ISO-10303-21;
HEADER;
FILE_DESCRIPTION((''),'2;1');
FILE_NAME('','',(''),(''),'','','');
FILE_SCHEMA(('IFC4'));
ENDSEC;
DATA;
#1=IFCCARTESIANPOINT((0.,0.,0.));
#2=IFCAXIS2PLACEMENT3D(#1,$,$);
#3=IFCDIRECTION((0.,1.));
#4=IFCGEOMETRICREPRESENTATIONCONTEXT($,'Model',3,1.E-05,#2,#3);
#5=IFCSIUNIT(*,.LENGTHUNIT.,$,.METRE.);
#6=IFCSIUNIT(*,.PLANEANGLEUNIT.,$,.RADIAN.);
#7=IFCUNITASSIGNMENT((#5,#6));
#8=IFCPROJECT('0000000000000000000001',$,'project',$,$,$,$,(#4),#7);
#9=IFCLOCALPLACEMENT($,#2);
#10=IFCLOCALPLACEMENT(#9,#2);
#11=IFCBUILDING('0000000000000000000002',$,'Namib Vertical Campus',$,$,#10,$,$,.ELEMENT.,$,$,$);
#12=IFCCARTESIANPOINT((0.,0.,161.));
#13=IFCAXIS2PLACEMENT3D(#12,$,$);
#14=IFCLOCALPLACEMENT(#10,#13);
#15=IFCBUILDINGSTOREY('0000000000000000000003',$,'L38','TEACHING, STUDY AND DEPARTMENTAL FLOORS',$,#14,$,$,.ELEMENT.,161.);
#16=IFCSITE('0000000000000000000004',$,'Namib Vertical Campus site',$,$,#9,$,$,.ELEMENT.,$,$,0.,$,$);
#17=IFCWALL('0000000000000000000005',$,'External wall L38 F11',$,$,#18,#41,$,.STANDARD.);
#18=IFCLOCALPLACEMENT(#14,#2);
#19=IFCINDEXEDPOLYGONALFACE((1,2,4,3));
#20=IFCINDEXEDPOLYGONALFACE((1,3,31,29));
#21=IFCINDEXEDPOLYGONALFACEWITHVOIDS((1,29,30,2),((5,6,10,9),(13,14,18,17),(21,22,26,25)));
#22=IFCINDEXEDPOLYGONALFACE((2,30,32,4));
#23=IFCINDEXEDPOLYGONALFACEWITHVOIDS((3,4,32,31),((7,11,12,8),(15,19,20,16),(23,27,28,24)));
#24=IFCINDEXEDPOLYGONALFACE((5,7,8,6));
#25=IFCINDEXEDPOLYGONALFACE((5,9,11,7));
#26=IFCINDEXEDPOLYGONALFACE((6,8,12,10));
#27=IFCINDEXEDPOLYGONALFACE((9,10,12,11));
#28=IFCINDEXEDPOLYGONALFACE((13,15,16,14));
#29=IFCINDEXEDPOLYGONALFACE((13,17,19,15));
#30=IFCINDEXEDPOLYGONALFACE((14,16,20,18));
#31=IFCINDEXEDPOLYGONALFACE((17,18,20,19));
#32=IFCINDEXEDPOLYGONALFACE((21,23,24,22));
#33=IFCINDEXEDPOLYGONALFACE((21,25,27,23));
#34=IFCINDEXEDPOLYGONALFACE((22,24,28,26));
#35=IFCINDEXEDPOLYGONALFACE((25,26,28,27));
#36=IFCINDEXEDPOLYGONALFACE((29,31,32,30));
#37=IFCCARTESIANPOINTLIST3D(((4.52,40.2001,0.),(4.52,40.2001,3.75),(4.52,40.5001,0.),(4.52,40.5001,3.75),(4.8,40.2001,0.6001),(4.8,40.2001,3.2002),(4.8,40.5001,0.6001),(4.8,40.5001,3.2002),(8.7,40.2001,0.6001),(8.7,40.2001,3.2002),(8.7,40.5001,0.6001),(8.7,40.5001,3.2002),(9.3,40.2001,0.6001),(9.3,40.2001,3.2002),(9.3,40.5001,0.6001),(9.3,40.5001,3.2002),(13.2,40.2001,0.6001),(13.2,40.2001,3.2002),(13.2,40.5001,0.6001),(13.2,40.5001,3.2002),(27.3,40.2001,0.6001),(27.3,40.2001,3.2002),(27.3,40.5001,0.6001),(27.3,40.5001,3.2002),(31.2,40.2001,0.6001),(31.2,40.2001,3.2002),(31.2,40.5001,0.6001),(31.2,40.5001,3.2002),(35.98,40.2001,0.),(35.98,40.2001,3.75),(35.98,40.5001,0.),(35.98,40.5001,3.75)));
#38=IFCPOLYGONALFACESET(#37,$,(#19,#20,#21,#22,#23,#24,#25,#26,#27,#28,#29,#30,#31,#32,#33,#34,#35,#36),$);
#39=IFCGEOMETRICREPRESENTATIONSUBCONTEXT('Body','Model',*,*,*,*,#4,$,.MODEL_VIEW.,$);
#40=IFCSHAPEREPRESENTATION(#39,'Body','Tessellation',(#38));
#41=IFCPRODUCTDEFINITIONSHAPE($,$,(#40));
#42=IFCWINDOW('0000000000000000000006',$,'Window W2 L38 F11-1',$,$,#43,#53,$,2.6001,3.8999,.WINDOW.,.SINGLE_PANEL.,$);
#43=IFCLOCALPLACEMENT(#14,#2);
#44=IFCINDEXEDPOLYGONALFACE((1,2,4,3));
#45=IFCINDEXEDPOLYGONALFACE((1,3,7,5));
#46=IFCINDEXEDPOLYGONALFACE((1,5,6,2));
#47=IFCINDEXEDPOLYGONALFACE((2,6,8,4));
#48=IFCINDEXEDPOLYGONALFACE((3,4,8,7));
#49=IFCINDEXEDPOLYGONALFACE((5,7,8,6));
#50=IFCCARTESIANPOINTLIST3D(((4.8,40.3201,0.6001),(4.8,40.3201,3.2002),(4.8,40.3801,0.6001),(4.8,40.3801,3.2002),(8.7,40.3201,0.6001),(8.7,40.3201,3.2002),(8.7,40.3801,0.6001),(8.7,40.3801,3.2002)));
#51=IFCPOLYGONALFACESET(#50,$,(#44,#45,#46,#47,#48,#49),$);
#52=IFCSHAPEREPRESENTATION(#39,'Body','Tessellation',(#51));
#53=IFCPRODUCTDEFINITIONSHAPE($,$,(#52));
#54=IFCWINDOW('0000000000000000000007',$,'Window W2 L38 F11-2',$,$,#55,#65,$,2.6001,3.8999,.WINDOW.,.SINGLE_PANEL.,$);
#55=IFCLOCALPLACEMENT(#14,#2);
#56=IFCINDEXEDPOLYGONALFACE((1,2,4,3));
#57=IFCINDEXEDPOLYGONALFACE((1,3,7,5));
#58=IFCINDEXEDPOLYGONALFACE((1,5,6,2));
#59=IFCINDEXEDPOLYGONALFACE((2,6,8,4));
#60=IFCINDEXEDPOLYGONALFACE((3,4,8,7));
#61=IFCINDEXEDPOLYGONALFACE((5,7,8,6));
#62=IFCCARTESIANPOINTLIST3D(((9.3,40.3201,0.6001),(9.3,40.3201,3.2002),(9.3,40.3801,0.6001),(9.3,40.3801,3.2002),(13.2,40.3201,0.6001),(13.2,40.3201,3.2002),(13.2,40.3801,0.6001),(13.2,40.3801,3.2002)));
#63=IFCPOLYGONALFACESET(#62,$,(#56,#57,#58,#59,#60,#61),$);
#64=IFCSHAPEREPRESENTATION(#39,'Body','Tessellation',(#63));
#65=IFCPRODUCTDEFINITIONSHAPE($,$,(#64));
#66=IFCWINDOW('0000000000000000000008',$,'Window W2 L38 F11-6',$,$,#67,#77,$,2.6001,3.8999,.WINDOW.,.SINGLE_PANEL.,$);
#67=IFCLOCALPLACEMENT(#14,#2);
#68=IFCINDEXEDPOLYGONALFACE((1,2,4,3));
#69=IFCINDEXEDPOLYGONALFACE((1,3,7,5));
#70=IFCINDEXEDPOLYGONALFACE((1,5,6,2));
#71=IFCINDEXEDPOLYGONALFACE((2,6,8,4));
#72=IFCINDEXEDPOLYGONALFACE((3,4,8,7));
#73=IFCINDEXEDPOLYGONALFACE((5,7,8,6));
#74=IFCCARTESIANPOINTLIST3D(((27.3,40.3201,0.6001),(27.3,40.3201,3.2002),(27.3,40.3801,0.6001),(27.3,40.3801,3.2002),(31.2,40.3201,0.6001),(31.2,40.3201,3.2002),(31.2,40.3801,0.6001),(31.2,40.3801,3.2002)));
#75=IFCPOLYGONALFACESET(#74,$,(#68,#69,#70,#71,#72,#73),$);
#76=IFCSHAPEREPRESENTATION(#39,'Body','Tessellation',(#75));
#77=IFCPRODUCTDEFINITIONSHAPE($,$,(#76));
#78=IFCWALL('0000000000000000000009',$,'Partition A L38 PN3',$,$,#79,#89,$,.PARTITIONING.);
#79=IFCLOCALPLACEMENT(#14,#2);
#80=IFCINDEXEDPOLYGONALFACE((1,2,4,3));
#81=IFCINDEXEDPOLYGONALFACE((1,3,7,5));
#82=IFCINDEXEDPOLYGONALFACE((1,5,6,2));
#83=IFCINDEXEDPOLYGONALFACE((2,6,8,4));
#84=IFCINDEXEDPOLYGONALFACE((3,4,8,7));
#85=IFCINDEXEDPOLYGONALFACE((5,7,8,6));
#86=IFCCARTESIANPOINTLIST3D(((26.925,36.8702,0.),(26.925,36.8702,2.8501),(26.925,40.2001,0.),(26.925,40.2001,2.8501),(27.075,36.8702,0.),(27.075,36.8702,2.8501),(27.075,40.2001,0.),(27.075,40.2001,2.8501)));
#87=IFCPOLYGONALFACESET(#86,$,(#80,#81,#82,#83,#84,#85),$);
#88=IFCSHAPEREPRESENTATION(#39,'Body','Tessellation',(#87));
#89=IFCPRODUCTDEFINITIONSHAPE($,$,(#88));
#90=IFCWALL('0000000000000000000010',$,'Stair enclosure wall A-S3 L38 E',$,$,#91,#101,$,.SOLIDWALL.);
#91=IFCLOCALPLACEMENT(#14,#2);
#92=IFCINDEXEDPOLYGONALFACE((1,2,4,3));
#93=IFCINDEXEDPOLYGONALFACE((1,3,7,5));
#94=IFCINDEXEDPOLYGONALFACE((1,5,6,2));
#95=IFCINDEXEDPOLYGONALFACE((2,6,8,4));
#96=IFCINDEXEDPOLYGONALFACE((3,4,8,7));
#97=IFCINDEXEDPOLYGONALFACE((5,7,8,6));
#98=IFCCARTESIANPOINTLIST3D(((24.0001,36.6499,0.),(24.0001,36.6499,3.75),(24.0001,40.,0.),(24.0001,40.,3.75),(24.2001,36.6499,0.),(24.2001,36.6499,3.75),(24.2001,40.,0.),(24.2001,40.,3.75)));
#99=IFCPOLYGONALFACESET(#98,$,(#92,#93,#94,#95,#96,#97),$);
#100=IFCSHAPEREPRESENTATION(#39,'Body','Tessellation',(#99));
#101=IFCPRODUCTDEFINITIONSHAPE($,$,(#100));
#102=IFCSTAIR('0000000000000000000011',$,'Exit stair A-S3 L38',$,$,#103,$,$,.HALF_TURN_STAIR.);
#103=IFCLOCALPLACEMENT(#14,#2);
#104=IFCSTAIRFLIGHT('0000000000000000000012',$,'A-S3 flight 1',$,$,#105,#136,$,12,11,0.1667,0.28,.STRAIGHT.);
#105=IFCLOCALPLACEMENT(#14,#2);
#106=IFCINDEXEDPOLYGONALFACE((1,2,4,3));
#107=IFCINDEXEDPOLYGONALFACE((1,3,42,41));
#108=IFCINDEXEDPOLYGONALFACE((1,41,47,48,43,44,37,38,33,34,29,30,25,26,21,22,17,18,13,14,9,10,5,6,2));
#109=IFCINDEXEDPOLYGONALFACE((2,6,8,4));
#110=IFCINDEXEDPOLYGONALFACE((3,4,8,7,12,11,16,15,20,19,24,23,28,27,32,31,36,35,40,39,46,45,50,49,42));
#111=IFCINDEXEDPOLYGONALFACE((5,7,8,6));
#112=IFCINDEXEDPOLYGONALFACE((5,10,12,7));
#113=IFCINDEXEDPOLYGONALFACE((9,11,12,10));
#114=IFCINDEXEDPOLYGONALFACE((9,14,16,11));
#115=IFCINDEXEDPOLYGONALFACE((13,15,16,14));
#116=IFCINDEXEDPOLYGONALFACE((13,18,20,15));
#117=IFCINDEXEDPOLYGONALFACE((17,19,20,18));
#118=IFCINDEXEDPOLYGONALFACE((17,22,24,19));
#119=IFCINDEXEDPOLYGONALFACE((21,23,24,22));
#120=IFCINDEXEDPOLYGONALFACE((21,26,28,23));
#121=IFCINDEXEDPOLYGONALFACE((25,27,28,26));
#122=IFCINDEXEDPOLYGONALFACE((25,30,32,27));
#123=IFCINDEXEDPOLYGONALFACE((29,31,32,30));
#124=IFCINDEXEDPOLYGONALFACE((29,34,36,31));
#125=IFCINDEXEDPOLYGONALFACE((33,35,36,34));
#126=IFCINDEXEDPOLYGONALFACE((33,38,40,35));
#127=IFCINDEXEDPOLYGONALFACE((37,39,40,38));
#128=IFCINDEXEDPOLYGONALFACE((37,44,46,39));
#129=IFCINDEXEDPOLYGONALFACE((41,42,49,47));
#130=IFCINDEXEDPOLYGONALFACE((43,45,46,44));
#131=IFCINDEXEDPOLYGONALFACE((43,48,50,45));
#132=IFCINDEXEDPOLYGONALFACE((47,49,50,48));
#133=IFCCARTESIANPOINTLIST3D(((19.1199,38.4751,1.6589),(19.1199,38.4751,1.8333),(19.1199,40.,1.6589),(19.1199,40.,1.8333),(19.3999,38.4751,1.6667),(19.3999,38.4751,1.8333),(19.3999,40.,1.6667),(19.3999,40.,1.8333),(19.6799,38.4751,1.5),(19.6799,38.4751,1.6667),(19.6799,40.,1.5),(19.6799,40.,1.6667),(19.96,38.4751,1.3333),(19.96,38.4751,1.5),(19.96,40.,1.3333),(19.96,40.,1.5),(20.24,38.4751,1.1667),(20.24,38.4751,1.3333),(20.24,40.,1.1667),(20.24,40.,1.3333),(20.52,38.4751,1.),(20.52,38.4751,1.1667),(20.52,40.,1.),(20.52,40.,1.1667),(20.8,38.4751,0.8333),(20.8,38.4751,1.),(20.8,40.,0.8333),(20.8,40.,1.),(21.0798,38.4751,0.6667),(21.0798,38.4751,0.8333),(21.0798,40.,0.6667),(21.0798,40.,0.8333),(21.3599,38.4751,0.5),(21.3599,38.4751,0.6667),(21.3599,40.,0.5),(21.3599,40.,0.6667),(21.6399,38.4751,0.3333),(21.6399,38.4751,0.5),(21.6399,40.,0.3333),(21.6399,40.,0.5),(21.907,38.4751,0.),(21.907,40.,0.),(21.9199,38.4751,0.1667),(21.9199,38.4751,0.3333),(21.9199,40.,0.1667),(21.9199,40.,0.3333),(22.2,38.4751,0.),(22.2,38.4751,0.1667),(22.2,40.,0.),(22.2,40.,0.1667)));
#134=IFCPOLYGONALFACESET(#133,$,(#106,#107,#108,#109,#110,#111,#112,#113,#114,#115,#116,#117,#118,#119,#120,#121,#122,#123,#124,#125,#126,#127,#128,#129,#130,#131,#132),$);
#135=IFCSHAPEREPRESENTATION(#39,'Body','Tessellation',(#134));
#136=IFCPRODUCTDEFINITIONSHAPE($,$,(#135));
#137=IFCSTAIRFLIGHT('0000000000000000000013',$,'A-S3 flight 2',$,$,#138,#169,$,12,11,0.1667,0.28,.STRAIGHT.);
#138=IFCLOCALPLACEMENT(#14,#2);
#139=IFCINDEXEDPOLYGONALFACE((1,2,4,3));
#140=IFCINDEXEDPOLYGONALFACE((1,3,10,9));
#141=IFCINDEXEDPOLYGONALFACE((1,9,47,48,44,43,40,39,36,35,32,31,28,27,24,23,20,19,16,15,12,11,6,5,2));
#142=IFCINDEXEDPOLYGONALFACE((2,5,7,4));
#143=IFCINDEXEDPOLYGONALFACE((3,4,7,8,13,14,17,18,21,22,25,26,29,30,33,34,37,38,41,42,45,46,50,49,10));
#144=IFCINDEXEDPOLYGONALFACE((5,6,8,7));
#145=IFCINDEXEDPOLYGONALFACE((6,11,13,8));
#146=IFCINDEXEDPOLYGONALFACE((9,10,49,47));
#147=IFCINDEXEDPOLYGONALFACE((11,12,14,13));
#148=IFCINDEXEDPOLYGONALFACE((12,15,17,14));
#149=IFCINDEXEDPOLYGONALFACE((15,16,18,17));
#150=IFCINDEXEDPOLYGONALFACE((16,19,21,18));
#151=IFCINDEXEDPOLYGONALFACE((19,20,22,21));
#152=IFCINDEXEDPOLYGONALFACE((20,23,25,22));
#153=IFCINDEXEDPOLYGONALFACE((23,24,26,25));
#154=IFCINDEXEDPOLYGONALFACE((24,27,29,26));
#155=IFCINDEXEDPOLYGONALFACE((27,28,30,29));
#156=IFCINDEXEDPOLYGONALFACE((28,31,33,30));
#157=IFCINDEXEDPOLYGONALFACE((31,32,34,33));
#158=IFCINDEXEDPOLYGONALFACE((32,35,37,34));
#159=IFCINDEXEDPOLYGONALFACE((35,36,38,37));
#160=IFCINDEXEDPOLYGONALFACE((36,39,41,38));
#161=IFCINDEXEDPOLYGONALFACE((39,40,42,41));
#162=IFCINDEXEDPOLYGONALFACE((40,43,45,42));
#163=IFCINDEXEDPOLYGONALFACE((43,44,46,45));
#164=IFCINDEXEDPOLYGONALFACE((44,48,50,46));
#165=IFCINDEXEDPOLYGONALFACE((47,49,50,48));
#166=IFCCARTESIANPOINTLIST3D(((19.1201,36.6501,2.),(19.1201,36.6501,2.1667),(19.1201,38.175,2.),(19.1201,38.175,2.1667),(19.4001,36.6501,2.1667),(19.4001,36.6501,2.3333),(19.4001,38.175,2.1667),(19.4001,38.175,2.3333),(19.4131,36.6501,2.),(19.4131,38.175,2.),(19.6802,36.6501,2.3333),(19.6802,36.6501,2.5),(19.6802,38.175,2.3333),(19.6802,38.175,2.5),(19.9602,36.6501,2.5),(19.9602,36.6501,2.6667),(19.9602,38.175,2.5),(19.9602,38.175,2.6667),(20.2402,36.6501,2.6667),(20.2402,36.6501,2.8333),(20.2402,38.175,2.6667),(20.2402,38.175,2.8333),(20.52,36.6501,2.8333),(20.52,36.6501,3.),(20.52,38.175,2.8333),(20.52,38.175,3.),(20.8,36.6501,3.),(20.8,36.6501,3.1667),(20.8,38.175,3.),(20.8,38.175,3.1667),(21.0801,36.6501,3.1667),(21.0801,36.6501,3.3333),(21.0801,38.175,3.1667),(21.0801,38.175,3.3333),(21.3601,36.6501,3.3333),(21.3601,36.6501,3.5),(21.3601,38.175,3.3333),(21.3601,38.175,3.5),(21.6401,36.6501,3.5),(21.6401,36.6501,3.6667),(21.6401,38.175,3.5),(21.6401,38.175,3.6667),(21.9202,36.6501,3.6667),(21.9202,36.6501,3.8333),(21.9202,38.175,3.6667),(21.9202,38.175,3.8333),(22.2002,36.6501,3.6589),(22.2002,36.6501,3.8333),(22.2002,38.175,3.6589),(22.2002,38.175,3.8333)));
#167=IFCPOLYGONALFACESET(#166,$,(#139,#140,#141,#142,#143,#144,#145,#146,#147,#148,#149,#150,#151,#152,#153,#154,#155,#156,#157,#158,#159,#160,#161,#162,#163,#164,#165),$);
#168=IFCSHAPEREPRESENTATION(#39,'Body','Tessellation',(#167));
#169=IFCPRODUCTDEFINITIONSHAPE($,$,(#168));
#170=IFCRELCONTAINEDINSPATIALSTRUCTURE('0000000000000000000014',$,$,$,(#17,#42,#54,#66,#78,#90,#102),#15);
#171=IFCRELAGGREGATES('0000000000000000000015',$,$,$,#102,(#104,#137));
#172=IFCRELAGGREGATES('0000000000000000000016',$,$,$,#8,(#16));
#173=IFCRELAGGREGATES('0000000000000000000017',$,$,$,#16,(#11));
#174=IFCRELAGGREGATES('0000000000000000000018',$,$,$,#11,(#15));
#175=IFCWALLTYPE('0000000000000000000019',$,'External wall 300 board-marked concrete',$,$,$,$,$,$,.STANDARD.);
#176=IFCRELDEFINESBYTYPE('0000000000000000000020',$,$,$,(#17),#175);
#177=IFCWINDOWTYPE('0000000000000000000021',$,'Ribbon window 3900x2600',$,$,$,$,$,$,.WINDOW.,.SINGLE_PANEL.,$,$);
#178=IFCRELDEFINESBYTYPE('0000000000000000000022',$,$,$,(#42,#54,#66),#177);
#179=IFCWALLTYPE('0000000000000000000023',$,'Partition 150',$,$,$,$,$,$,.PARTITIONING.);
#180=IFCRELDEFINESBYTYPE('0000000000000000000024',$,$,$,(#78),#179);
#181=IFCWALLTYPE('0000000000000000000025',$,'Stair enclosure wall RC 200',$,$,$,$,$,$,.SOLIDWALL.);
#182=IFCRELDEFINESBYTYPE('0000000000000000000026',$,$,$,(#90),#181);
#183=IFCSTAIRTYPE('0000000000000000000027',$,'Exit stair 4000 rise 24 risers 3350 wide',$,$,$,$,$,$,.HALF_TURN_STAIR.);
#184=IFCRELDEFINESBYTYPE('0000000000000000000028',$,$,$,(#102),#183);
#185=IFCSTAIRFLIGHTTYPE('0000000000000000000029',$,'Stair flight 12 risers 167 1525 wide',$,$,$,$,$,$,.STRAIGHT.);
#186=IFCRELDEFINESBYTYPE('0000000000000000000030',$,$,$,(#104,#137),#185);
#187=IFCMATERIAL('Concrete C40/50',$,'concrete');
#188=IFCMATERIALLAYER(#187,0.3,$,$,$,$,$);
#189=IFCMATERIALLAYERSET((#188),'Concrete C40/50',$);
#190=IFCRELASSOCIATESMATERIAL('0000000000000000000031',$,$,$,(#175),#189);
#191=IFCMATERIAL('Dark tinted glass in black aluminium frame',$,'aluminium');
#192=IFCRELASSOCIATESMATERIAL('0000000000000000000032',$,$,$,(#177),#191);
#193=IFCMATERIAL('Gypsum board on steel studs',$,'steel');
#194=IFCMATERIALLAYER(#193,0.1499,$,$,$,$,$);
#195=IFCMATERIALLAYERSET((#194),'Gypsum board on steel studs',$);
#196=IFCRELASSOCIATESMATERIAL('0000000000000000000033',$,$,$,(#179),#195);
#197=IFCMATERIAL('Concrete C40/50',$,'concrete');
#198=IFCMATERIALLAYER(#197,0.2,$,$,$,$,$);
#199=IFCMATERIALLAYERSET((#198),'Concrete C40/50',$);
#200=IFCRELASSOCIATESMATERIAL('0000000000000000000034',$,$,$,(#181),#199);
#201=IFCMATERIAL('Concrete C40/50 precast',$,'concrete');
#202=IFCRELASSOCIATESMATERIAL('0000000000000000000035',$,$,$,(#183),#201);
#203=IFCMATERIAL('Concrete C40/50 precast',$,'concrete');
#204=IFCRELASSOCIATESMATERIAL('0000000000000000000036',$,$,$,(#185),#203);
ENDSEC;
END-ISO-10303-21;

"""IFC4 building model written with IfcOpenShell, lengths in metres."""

from ifc_helpers import new_model, si_unit, direction, frame, frame_2d, origin, place, context, subcontext, project, spatial, polyline, rectangle, outline, extrude, material, layer, layer_set, type_object, element, fill, aggregate, save


model = new_model("IFC4")

# Units and contexts
model_context = context("Model", 3, precision=1e-05, world=origin(), true_north=direction((0.0, 1.0)))
body_context = subcontext(model_context, "Body", "Model", "MODEL_VIEW")
ifc_project = project(units=[si_unit("LENGTHUNIT", "METRE"), si_unit("PLANEANGLEUNIT", "RADIAN")], contexts=[model_context])

# Site, building, storey
site_placement = place(None, origin())
site = spatial("IfcSite", under=ifc_project, at=site_placement, Name="Namib Vertical Campus site", CompositionType="ELEMENT", RefElevation=0.0)
building_placement = place(site_placement, origin())
building = spatial("IfcBuilding", under=site, at=building_placement, Name="Namib Vertical Campus", CompositionType="ELEMENT")
storey_placement = place(building_placement, frame((0.0, 0.0, 161.0)))
storey = spatial("IfcBuildingStorey", under=building, at=storey_placement, Name="L38", Description="TEACHING, STUDY AND DEPARTMENTAL FLOORS", CompositionType="ELEMENT", Elevation=161.0)

# Shared definitions
ifc_material_1 = material(Name="Concrete C40/50", Category="concrete")
ifc_layer_1 = layer(ifc_material_1, 0.3)
ifc_layer_set_1 = layer_set([ifc_layer_1], Name="Concrete C40/50")
wall_type_1 = type_object("IfcWallType", Name="External wall 300 board-marked concrete", PredefinedType="STANDARD", material=ifc_layer_set_1)

# Wall, openings, windows
wall_1_placement = place(storey_placement, frame((35.98, 40.3501, 0.0), z_axis=(0.0, 0.0, 1.0), x_axis=(-1.0, 0.0, 0.0)))
wall_1 = element("IfcWall", 1, at=wall_1_placement, inside=storey, type_object=wall_type_1, Name="External wall L38 F11", PredefinedType="STANDARD", context=body_context, shape_type="SweptSolid", body=[
    extrude(rectangle(XDim=31.46, YDim=0.3, at=frame_2d((15.73, 0.0))), origin(), (0.0, 0.0, 1.0), 3.75),
])
opening_1_placement = place(wall_1_placement, frame((27.28, 0.0, 0.6001)))
opening_1 = element("IfcOpeningElement", 2, at=opening_1_placement, cuts=wall_1, PredefinedType="OPENING", context=body_context, shape_type="SweptSolid", body=[
    extrude(rectangle(XDim=3.8999, YDim=2.6001, at=frame_2d((1.95, 1.3))), frame((0.0, 0.1599, 0.0), z_axis=(0.0, -1.0, 0.0), x_axis=(1.0, 0.0, 0.0)), (0.0, 0.0, 1.0), 0.3201),
])
opening_2_placement = place(wall_1_placement, frame((22.78, 0.0, 0.6001)))
opening_2 = element("IfcOpeningElement", 3, at=opening_2_placement, cuts=wall_1, PredefinedType="OPENING", context=body_context, shape_type="SweptSolid", body=[
    extrude(rectangle(XDim=3.8999, YDim=2.6001, at=frame_2d((1.95, 1.3))), frame((0.0, 0.1599, 0.0), z_axis=(0.0, -1.0, 0.0), x_axis=(1.0, 0.0, 0.0)), (0.0, 0.0, 1.0), 0.3201),
])
opening_3_placement = place(wall_1_placement, frame((4.78, 0.0, 0.6001)))
opening_3 = element("IfcOpeningElement", 4, at=opening_3_placement, cuts=wall_1, PredefinedType="OPENING", context=body_context, shape_type="SweptSolid", body=[
    extrude(rectangle(XDim=3.8999, YDim=2.6001, at=frame_2d((1.95, 1.3))), frame((0.0, 0.1599, 0.0), z_axis=(0.0, -1.0, 0.0), x_axis=(1.0, 0.0, 0.0)), (0.0, 0.0, 1.0), 0.3201),
])
ifc_material_2 = material(Name="Dark tinted glass in black aluminium frame", Category="aluminium")
window_type = type_object("IfcWindowType", Name="Ribbon window 3900x2600", PartitioningType="SINGLE_PANEL", PredefinedType="WINDOW", material=ifc_material_2)
window_1_placement = place(opening_1_placement, origin())
window_1 = element("IfcWindow", 5, at=window_1_placement, inside=storey, type_object=window_type, Name="Window W2 L38 F11-1", OverallHeight=2.6001, OverallWidth=3.8999, PartitioningType="SINGLE_PANEL", PredefinedType="WINDOW", context=body_context, shape_type="SweptSolid", body=[
    extrude(rectangle(XDim=3.8999, YDim=2.6001, at=frame_2d((1.95, 1.3))), frame((0.0, 0.03, 0.0), z_axis=(0.0, -1.0, 0.0), x_axis=(1.0, 0.0, 0.0)), (0.0, 0.0, 1.0), 0.0601),
])
fill(opening_1, window_1)
window_2_placement = place(opening_2_placement, origin())
window_2 = element("IfcWindow", 6, at=window_2_placement, inside=storey, type_object=window_type, Name="Window W2 L38 F11-2", OverallHeight=2.6001, OverallWidth=3.8999, PartitioningType="SINGLE_PANEL", PredefinedType="WINDOW", context=body_context, shape_type="SweptSolid", body=[
    extrude(rectangle(XDim=3.8999, YDim=2.6001, at=frame_2d((1.95, 1.3))), frame((0.0, 0.03, 0.0), z_axis=(0.0, -1.0, 0.0), x_axis=(1.0, 0.0, 0.0)), (0.0, 0.0, 1.0), 0.0601),
])
fill(opening_2, window_2)
window_3_placement = place(opening_3_placement, origin())
window_3 = element("IfcWindow", 7, at=window_3_placement, inside=storey, type_object=window_type, Name="Window W2 L38 F11-6", OverallHeight=2.6001, OverallWidth=3.8999, PartitioningType="SINGLE_PANEL", PredefinedType="WINDOW", context=body_context, shape_type="SweptSolid", body=[
    extrude(rectangle(XDim=3.8999, YDim=2.6001, at=frame_2d((1.95, 1.3))), frame((0.0, 0.03, 0.0), z_axis=(0.0, -1.0, 0.0), x_axis=(1.0, 0.0, 0.0)), (0.0, 0.0, 1.0), 0.0601),
])
fill(opening_3, window_3)

# Walls
ifc_material_3 = material(Name="Gypsum board on steel studs", Category="steel")
ifc_layer_2 = layer(ifc_material_3, 0.1499)
ifc_layer_set_2 = layer_set([ifc_layer_2], Name="Gypsum board on steel studs")
wall_type_2 = type_object("IfcWallType", Name="Partition 150", PredefinedType="PARTITIONING", material=ifc_layer_set_2)
wall_2_placement = place(storey_placement, frame((27.0, 36.8701, 0.0), z_axis=(0.0, 0.0, 1.0), x_axis=(0.0, 1.0, 0.0)))
element("IfcWall", 8, at=wall_2_placement, inside=storey, type_object=wall_type_2, Name="Partition A L38 PN3", PredefinedType="PARTITIONING", context=body_context, shape_type="SweptSolid", body=[
    extrude(rectangle(XDim=3.3298, YDim=0.1499, at=frame_2d((1.665, 0.0))), origin(), (0.0, 0.0, 1.0), 2.8501),
])
ifc_material_4 = material(Name="Concrete C40/50", Category="concrete")
ifc_layer_3 = layer(ifc_material_4, 0.2)
ifc_layer_set_3 = layer_set([ifc_layer_3], Name="Concrete C40/50")
wall_type_3 = type_object("IfcWallType", Name="Stair enclosure wall RC 200", PredefinedType="SOLIDWALL", material=ifc_layer_set_3)
wall_3_placement = place(storey_placement, frame((24.1001, 36.6499, 0.0), z_axis=(0.0, 0.0, 1.0), x_axis=(0.0, 1.0, 0.0)))
element("IfcWall", 9, at=wall_3_placement, inside=storey, type_object=wall_type_3, Name="Stair enclosure wall A-S3 L38 E", PredefinedType="SOLIDWALL", context=body_context, shape_type="SweptSolid", body=[
    extrude(rectangle(XDim=3.3501, YDim=0.2, at=frame_2d((1.675, 0.0))), origin(), (0.0, 0.0, 1.0), 3.75),
])

# Stair, stair flights
ifc_material_5 = material(Name="Concrete C40/50 precast", Category="concrete")
stair_type = type_object("IfcStairType", Name="Exit stair 4000 rise 24 risers 3350 wide", PredefinedType="HALF_TURN_STAIR", material=ifc_material_5)
stair_placement = place(storey_placement, origin())
stair = element("IfcStair", 10, at=stair_placement, inside=storey, type_object=stair_type, Name="Exit stair A-S3 L38", PredefinedType="HALF_TURN_STAIR")
ifc_material_6 = material(Name="Concrete C40/50 precast", Category="concrete")
stair_flight_type = type_object("IfcStairFlightType", Name="Stair flight 12 risers 167 1525 wide", PredefinedType="STRAIGHT", material=ifc_material_6)
stair_flight_1_placement = place(storey_placement, frame((22.2, 39.2375, 0.0), z_axis=(0.0, 0.0, 1.0), x_axis=(-1.0, 0.0, 0.0)))
stair_flight_1 = element("IfcStairFlight", 11, at=stair_flight_1_placement, type_object=stair_flight_type, Name="A-S3 flight 1", NumberOfRisers=12, NumberOfTreads=11, PredefinedType="STRAIGHT", RiserHeight=0.1667, TreadLength=0.28, context=body_context, shape_type="SweptSolid", body=[
    extrude(outline(polyline([(0.0, 0.0), (0.0, 0.1667), (0.28, 0.1667), (0.28, 0.3333), (0.5601, 0.3333), (0.5601, 0.5), (0.8401, 0.5), (0.8401, 0.6667), (1.1201, 0.6667), (1.1201, 0.8333), (1.3999, 0.8333), (1.3999, 1.0), (1.6799, 1.0), (1.6799, 1.1667), (1.96, 1.1667), (1.96, 1.3333), (2.24, 1.3333), (2.24, 1.5), (2.52, 1.5), (2.52, 1.6667), (2.8, 1.6667), (2.8, 1.8333), (3.0801, 1.8333), (3.0801, 2.0), (3.0801, 1.6589), (0.293, 0.0), (0.0, 0.0)])), frame((0.0, 0.7625, 0.0), z_axis=(0.0, -1.0, 0.0), x_axis=(1.0, 0.0, 0.0)), (0.0, 0.0, 1.0), 1.5249),
])
stair_flight_2_placement = place(storey_placement, frame((19.1201, 37.4126, 2.0), z_axis=(0.0, 0.0, 1.0), x_axis=(1.0, 0.0, 0.0)))
stair_flight_2 = element("IfcStairFlight", 12, at=stair_flight_2_placement, type_object=stair_flight_type, Name="A-S3 flight 2", NumberOfRisers=12, NumberOfTreads=11, PredefinedType="STRAIGHT", RiserHeight=0.1667, TreadLength=0.28, context=body_context, shape_type="SweptSolid", body=[
    extrude(outline(polyline([(0.0, 0.0), (0.0, 0.1667), (0.28, 0.1667), (0.28, 0.3333), (0.5601, 0.3333), (0.5601, 0.5), (0.8401, 0.5), (0.8401, 0.6667), (1.1201, 0.6667), (1.1201, 0.8333), (1.3999, 0.8333), (1.3999, 1.0), (1.6799, 1.0), (1.6799, 1.1667), (1.96, 1.1667), (1.96, 1.3333), (2.24, 1.3333), (2.24, 1.5), (2.52, 1.5), (2.52, 1.6667), (2.8, 1.6667), (2.8, 1.8333), (3.0801, 1.8333), (3.0801, 2.0), (3.0801, 1.6589), (0.293, 0.0), (0.0, 0.0)])), frame((0.0, 0.7625, 0.0), z_axis=(0.0, -1.0, 0.0), x_axis=(1.0, 0.0, 0.0)), (0.0, 0.0, 1.0), 1.5249),
])
aggregate(stair, [stair_flight_1, stair_flight_2])

save(model, "model.ifc")
